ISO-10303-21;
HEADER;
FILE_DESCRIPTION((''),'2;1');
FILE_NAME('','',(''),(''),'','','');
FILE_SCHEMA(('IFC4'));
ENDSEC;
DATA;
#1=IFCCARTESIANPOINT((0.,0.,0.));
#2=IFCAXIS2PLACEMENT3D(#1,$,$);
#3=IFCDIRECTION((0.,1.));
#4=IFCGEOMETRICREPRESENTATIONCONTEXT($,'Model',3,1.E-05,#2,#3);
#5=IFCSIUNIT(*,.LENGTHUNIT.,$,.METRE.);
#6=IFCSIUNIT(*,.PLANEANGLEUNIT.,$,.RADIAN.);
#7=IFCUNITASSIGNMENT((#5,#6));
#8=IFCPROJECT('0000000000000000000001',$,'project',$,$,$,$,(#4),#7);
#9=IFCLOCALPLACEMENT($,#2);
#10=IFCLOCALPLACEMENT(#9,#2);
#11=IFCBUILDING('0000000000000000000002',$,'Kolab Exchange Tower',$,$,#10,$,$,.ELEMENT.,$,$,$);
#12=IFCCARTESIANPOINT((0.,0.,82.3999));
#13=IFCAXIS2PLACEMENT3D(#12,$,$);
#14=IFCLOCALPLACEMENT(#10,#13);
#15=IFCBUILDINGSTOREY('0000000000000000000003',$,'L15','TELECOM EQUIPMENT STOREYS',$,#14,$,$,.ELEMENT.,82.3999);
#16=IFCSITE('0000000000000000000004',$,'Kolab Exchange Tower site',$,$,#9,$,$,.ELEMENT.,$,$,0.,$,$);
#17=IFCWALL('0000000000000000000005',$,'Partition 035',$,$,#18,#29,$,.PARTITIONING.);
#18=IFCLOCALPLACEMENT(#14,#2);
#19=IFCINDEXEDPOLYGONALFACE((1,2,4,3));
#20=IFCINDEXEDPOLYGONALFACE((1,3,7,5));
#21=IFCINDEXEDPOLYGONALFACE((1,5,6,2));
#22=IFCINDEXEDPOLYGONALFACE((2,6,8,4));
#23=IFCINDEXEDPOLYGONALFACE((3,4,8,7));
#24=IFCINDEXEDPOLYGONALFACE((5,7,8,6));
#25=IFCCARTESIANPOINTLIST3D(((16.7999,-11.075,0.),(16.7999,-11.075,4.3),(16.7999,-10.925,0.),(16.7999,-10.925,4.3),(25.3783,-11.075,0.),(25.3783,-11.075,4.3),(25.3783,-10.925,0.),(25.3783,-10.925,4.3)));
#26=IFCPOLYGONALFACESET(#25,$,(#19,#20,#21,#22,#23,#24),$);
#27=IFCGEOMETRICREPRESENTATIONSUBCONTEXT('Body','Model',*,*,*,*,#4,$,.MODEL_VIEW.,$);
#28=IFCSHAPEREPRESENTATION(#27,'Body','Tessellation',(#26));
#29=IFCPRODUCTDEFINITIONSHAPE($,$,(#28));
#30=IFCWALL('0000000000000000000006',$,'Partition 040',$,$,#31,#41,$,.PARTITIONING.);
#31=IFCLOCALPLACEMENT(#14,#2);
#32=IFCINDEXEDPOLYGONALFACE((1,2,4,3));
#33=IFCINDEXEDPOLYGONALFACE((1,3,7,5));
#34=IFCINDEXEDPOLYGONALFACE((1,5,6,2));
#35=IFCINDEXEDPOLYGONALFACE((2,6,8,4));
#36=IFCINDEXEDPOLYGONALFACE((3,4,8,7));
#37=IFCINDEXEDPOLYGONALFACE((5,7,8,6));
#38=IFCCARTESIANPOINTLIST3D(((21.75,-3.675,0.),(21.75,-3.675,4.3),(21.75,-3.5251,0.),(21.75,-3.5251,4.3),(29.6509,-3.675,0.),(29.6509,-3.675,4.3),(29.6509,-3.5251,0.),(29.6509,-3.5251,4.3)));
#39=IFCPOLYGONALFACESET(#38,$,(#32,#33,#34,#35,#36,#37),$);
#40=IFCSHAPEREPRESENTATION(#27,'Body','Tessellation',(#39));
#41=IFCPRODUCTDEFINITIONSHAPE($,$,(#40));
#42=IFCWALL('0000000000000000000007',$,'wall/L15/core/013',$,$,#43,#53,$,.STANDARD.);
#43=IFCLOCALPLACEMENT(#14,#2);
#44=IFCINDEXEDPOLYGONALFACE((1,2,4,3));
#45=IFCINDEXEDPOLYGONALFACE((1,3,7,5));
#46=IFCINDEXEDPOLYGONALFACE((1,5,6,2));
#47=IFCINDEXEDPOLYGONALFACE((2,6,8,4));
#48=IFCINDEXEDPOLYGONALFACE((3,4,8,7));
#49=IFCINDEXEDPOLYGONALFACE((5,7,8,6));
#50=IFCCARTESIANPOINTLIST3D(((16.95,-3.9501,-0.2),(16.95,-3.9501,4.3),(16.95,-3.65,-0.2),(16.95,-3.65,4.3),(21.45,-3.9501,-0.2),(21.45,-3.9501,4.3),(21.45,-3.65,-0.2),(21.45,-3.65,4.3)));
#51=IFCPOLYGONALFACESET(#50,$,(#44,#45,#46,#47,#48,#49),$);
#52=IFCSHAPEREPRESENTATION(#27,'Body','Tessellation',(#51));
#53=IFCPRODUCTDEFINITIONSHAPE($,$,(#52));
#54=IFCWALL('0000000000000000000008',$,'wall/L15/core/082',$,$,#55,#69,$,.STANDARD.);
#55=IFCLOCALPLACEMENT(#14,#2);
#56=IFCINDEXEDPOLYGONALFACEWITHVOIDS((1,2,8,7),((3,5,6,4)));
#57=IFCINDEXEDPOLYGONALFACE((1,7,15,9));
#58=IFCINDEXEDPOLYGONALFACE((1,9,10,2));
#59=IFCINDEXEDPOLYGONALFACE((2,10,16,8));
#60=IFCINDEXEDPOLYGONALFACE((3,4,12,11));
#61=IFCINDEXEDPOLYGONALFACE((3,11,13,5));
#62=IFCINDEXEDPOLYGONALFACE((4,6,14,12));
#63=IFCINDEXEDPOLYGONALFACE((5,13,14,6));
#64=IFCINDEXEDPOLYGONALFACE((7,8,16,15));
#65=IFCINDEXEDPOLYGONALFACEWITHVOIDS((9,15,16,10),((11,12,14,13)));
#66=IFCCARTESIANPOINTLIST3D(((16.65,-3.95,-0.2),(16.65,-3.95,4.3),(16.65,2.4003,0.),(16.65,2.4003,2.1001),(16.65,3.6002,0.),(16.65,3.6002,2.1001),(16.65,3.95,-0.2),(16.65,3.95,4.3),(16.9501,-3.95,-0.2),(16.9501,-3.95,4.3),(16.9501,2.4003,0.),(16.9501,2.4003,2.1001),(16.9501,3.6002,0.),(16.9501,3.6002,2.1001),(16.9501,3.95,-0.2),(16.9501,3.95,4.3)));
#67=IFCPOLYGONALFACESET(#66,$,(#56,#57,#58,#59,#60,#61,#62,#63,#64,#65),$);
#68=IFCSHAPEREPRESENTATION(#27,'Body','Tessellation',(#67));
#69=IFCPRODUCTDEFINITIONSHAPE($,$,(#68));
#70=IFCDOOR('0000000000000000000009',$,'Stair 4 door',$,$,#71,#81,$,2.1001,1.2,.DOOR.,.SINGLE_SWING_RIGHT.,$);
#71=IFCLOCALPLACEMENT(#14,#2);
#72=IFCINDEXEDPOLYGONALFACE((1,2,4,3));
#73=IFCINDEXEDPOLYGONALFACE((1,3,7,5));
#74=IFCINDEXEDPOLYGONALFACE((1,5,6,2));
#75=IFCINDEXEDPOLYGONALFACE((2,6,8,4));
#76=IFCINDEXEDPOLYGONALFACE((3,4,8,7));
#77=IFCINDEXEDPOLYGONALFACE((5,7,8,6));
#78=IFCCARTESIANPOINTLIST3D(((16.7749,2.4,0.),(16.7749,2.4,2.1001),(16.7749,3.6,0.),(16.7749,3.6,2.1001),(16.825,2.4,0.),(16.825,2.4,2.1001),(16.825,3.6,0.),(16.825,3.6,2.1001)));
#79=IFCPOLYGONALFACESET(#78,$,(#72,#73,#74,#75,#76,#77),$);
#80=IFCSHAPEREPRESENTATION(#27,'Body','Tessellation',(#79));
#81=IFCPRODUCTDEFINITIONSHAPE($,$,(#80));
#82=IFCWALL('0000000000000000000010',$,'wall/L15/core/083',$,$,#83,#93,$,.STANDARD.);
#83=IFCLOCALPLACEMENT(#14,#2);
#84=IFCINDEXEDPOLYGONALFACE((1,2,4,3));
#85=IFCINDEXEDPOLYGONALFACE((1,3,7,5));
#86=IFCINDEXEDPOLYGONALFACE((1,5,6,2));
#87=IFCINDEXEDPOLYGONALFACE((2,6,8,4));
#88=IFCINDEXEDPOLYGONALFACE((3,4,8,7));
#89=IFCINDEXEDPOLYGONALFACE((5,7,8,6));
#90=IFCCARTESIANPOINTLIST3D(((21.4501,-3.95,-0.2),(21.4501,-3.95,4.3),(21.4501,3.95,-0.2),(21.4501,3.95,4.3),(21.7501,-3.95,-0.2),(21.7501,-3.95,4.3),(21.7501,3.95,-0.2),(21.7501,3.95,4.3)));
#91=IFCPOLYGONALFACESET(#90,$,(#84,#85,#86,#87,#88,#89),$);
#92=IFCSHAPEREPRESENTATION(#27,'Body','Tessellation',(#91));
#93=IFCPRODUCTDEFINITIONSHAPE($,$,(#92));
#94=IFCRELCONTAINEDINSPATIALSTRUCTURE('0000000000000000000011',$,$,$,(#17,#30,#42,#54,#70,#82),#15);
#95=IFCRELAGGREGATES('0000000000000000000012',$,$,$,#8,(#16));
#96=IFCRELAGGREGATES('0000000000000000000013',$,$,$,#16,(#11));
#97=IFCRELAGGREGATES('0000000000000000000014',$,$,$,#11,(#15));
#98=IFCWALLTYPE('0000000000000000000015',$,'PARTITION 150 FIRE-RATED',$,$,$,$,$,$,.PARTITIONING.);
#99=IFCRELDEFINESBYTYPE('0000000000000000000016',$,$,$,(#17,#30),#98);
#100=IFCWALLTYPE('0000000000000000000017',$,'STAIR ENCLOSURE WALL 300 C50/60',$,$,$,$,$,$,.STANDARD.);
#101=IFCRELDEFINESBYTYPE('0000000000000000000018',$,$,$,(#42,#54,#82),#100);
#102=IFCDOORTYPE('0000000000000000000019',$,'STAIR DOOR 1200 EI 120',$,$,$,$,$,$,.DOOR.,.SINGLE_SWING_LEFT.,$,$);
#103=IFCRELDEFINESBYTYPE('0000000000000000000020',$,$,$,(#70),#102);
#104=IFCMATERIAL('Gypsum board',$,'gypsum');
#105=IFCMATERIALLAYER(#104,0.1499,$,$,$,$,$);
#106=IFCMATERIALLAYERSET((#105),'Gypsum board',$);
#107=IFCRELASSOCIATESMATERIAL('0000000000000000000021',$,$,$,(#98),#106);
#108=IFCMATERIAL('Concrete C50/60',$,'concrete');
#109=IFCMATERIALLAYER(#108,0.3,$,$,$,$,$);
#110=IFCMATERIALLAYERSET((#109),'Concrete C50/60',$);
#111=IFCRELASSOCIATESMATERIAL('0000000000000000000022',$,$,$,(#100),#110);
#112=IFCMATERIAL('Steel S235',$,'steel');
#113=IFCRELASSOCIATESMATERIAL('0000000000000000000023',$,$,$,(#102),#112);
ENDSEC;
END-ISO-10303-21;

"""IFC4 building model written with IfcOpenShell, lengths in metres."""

from ifc_helpers import new_model, si_unit, direction, frame, frame_2d, origin, place, context, subcontext, project, spatial, rectangle, extrude, material, layer, layer_set, type_object, element, fill, save


model = new_model("IFC4")

# Units and contexts
model_context = context("Model", 3, precision=1e-05, world=origin(), true_north=direction((0.0, 1.0)))
body_context = subcontext(model_context, "Body", "Model", "MODEL_VIEW")
ifc_project = project(units=[si_unit("LENGTHUNIT", "METRE"), si_unit("PLANEANGLEUNIT", "RADIAN")], contexts=[model_context])

# Site, building, storey
site_placement = place(None, origin())
site = spatial("IfcSite", under=ifc_project, at=site_placement, Name="Kolab Exchange Tower site", CompositionType="ELEMENT", RefElevation=0.0)
building_placement = place(site_placement, origin())
building = spatial("IfcBuilding", under=site, at=building_placement, Name="Kolab Exchange Tower", CompositionType="ELEMENT")
storey_placement = place(building_placement, frame((0.0, 0.0, 82.3999)))
storey = spatial("IfcBuildingStorey", under=building, at=storey_placement, Name="L15", Description="TELECOM EQUIPMENT STOREYS", CompositionType="ELEMENT", Elevation=82.3999)

# Walls
ifc_material_1 = material(Name="Gypsum board", Category="gypsum")
ifc_layer_1 = layer(ifc_material_1, 0.1499)
ifc_layer_set_1 = layer_set([ifc_layer_1], Name="Gypsum board")
wall_type_1 = type_object("IfcWallType", Name="PARTITION 150 FIRE-RATED", PredefinedType="PARTITIONING", material=ifc_layer_set_1)
wall_1_placement = place(storey_placement, frame((16.8, -11.0, 0.0), z_axis=(0.0, 0.0, 1.0), x_axis=(1.0, 0.0, 0.0)))
element("IfcWall", 1, at=wall_1_placement, inside=storey, type_object=wall_type_1, Name="Partition 035", PredefinedType="PARTITIONING", context=body_context, shape_type="SweptSolid", body=[
    extrude(rectangle(XDim=8.5784, YDim=0.1499, at=frame_2d((4.2891, 0.0))), origin(), (0.0, 0.0, 1.0), 4.3),
])
wall_2_placement = place(storey_placement, frame((21.75, -3.6001, 0.0), z_axis=(0.0, 0.0, 1.0), x_axis=(1.0, 0.0, 0.0)))
element("IfcWall", 2, at=wall_2_placement, inside=storey, type_object=wall_type_1, Name="Partition 040", PredefinedType="PARTITIONING", context=body_context, shape_type="SweptSolid", body=[
    extrude(rectangle(XDim=7.9009, YDim=0.1499, at=frame_2d((3.9504, 0.0))), origin(), (0.0, 0.0, 1.0), 4.3),
])
ifc_material_2 = material(Name="Concrete C50/60", Category="concrete")
ifc_layer_2 = layer(ifc_material_2, 0.3)
ifc_layer_set_2 = layer_set([ifc_layer_2], Name="Concrete C50/60")
wall_type_2 = type_object("IfcWallType", Name="STAIR ENCLOSURE WALL 300 C50/60", PredefinedType="STANDARD", material=ifc_layer_set_2)
wall_3_placement = place(storey_placement, frame((16.95, -3.8, -0.2), z_axis=(0.0, 0.0, 1.0), x_axis=(1.0, 0.0, 0.0)))
element("IfcWall", 3, at=wall_3_placement, inside=storey, type_object=wall_type_2, Name="wall/L15/core/013", PredefinedType="STANDARD", context=body_context, shape_type="SweptSolid", body=[
    extrude(rectangle(XDim=4.5, YDim=0.3, at=frame_2d((2.25, 0.0))), origin(), (0.0, 0.0, 1.0), 4.5),
])

# Wall, opening, door
wall_4_placement = place(storey_placement, frame((16.8, -3.95, -0.2), z_axis=(0.0, 0.0, 1.0), x_axis=(0.0, 1.0, 0.0)))
wall_4 = element("IfcWall", 4, at=wall_4_placement, inside=storey, type_object=wall_type_2, Name="wall/L15/core/082", PredefinedType="STANDARD", context=body_context, shape_type="SweptSolid", body=[
    extrude(rectangle(XDim=7.8999, YDim=0.3, at=frame_2d((3.95, 0.0))), origin(), (0.0, 0.0, 1.0), 4.5),
])
opening_1_placement = place(wall_4_placement, frame((6.3501, 0.0, 0.2)))
opening_1 = element("IfcOpeningElement", 5, at=opening_1_placement, cuts=wall_4, PredefinedType="OPENING", context=body_context, shape_type="SweptSolid", body=[
    extrude(rectangle(XDim=1.2, YDim=2.1001, at=frame_2d((0.6001, 1.05))), frame((0.0, 0.1602, 0.0), z_axis=(0.0, -1.0, 0.0), x_axis=(1.0, 0.0, 0.0)), (0.0, 0.0, 1.0), 0.3201),
])
ifc_material_3 = material(Name="Steel S235", Category="steel")
door_type_1 = type_object("IfcDoorType", Name="STAIR DOOR 1200 EI 120", OperationType="SINGLE_SWING_LEFT", PredefinedType="DOOR", material=ifc_material_3)
door_1_placement = place(opening_1_placement, frame((1.2, 0.0, 0.0), z_axis=(0.0, 0.0, 1.0), x_axis=(-1.0, 0.0, 0.0)))
door_1 = element("IfcDoor", 6, at=door_1_placement, inside=storey, type_object=door_type_1, Name="Stair 4 door", OperationType="SINGLE_SWING_RIGHT", OverallHeight=2.1001, OverallWidth=1.2, PredefinedType="DOOR", context=body_context, shape_type="SweptSolid", body=[
    extrude(rectangle(XDim=1.2, YDim=2.1001, at=frame_2d((0.6001, 1.05))), frame((0.0, 0.0249, 0.0), z_axis=(0.0, -1.0, 0.0), x_axis=(1.0, 0.0, 0.0)), (0.0, 0.0, 1.0), 0.05),
])
fill(opening_1, door_1)

# Wall
wall_5_placement = place(storey_placement, frame((21.6001, -3.95, -0.2), z_axis=(0.0, 0.0, 1.0), x_axis=(0.0, 1.0, 0.0)))
element("IfcWall", 7, at=wall_5_placement, inside=storey, type_object=wall_type_2, Name="wall/L15/core/083", PredefinedType="STANDARD", context=body_context, shape_type="SweptSolid", body=[
    extrude(rectangle(XDim=7.8999, YDim=0.3, at=frame_2d((3.95, 0.0))), origin(), (0.0, 0.0, 1.0), 4.5),
])

save(model, "model.ifc")
